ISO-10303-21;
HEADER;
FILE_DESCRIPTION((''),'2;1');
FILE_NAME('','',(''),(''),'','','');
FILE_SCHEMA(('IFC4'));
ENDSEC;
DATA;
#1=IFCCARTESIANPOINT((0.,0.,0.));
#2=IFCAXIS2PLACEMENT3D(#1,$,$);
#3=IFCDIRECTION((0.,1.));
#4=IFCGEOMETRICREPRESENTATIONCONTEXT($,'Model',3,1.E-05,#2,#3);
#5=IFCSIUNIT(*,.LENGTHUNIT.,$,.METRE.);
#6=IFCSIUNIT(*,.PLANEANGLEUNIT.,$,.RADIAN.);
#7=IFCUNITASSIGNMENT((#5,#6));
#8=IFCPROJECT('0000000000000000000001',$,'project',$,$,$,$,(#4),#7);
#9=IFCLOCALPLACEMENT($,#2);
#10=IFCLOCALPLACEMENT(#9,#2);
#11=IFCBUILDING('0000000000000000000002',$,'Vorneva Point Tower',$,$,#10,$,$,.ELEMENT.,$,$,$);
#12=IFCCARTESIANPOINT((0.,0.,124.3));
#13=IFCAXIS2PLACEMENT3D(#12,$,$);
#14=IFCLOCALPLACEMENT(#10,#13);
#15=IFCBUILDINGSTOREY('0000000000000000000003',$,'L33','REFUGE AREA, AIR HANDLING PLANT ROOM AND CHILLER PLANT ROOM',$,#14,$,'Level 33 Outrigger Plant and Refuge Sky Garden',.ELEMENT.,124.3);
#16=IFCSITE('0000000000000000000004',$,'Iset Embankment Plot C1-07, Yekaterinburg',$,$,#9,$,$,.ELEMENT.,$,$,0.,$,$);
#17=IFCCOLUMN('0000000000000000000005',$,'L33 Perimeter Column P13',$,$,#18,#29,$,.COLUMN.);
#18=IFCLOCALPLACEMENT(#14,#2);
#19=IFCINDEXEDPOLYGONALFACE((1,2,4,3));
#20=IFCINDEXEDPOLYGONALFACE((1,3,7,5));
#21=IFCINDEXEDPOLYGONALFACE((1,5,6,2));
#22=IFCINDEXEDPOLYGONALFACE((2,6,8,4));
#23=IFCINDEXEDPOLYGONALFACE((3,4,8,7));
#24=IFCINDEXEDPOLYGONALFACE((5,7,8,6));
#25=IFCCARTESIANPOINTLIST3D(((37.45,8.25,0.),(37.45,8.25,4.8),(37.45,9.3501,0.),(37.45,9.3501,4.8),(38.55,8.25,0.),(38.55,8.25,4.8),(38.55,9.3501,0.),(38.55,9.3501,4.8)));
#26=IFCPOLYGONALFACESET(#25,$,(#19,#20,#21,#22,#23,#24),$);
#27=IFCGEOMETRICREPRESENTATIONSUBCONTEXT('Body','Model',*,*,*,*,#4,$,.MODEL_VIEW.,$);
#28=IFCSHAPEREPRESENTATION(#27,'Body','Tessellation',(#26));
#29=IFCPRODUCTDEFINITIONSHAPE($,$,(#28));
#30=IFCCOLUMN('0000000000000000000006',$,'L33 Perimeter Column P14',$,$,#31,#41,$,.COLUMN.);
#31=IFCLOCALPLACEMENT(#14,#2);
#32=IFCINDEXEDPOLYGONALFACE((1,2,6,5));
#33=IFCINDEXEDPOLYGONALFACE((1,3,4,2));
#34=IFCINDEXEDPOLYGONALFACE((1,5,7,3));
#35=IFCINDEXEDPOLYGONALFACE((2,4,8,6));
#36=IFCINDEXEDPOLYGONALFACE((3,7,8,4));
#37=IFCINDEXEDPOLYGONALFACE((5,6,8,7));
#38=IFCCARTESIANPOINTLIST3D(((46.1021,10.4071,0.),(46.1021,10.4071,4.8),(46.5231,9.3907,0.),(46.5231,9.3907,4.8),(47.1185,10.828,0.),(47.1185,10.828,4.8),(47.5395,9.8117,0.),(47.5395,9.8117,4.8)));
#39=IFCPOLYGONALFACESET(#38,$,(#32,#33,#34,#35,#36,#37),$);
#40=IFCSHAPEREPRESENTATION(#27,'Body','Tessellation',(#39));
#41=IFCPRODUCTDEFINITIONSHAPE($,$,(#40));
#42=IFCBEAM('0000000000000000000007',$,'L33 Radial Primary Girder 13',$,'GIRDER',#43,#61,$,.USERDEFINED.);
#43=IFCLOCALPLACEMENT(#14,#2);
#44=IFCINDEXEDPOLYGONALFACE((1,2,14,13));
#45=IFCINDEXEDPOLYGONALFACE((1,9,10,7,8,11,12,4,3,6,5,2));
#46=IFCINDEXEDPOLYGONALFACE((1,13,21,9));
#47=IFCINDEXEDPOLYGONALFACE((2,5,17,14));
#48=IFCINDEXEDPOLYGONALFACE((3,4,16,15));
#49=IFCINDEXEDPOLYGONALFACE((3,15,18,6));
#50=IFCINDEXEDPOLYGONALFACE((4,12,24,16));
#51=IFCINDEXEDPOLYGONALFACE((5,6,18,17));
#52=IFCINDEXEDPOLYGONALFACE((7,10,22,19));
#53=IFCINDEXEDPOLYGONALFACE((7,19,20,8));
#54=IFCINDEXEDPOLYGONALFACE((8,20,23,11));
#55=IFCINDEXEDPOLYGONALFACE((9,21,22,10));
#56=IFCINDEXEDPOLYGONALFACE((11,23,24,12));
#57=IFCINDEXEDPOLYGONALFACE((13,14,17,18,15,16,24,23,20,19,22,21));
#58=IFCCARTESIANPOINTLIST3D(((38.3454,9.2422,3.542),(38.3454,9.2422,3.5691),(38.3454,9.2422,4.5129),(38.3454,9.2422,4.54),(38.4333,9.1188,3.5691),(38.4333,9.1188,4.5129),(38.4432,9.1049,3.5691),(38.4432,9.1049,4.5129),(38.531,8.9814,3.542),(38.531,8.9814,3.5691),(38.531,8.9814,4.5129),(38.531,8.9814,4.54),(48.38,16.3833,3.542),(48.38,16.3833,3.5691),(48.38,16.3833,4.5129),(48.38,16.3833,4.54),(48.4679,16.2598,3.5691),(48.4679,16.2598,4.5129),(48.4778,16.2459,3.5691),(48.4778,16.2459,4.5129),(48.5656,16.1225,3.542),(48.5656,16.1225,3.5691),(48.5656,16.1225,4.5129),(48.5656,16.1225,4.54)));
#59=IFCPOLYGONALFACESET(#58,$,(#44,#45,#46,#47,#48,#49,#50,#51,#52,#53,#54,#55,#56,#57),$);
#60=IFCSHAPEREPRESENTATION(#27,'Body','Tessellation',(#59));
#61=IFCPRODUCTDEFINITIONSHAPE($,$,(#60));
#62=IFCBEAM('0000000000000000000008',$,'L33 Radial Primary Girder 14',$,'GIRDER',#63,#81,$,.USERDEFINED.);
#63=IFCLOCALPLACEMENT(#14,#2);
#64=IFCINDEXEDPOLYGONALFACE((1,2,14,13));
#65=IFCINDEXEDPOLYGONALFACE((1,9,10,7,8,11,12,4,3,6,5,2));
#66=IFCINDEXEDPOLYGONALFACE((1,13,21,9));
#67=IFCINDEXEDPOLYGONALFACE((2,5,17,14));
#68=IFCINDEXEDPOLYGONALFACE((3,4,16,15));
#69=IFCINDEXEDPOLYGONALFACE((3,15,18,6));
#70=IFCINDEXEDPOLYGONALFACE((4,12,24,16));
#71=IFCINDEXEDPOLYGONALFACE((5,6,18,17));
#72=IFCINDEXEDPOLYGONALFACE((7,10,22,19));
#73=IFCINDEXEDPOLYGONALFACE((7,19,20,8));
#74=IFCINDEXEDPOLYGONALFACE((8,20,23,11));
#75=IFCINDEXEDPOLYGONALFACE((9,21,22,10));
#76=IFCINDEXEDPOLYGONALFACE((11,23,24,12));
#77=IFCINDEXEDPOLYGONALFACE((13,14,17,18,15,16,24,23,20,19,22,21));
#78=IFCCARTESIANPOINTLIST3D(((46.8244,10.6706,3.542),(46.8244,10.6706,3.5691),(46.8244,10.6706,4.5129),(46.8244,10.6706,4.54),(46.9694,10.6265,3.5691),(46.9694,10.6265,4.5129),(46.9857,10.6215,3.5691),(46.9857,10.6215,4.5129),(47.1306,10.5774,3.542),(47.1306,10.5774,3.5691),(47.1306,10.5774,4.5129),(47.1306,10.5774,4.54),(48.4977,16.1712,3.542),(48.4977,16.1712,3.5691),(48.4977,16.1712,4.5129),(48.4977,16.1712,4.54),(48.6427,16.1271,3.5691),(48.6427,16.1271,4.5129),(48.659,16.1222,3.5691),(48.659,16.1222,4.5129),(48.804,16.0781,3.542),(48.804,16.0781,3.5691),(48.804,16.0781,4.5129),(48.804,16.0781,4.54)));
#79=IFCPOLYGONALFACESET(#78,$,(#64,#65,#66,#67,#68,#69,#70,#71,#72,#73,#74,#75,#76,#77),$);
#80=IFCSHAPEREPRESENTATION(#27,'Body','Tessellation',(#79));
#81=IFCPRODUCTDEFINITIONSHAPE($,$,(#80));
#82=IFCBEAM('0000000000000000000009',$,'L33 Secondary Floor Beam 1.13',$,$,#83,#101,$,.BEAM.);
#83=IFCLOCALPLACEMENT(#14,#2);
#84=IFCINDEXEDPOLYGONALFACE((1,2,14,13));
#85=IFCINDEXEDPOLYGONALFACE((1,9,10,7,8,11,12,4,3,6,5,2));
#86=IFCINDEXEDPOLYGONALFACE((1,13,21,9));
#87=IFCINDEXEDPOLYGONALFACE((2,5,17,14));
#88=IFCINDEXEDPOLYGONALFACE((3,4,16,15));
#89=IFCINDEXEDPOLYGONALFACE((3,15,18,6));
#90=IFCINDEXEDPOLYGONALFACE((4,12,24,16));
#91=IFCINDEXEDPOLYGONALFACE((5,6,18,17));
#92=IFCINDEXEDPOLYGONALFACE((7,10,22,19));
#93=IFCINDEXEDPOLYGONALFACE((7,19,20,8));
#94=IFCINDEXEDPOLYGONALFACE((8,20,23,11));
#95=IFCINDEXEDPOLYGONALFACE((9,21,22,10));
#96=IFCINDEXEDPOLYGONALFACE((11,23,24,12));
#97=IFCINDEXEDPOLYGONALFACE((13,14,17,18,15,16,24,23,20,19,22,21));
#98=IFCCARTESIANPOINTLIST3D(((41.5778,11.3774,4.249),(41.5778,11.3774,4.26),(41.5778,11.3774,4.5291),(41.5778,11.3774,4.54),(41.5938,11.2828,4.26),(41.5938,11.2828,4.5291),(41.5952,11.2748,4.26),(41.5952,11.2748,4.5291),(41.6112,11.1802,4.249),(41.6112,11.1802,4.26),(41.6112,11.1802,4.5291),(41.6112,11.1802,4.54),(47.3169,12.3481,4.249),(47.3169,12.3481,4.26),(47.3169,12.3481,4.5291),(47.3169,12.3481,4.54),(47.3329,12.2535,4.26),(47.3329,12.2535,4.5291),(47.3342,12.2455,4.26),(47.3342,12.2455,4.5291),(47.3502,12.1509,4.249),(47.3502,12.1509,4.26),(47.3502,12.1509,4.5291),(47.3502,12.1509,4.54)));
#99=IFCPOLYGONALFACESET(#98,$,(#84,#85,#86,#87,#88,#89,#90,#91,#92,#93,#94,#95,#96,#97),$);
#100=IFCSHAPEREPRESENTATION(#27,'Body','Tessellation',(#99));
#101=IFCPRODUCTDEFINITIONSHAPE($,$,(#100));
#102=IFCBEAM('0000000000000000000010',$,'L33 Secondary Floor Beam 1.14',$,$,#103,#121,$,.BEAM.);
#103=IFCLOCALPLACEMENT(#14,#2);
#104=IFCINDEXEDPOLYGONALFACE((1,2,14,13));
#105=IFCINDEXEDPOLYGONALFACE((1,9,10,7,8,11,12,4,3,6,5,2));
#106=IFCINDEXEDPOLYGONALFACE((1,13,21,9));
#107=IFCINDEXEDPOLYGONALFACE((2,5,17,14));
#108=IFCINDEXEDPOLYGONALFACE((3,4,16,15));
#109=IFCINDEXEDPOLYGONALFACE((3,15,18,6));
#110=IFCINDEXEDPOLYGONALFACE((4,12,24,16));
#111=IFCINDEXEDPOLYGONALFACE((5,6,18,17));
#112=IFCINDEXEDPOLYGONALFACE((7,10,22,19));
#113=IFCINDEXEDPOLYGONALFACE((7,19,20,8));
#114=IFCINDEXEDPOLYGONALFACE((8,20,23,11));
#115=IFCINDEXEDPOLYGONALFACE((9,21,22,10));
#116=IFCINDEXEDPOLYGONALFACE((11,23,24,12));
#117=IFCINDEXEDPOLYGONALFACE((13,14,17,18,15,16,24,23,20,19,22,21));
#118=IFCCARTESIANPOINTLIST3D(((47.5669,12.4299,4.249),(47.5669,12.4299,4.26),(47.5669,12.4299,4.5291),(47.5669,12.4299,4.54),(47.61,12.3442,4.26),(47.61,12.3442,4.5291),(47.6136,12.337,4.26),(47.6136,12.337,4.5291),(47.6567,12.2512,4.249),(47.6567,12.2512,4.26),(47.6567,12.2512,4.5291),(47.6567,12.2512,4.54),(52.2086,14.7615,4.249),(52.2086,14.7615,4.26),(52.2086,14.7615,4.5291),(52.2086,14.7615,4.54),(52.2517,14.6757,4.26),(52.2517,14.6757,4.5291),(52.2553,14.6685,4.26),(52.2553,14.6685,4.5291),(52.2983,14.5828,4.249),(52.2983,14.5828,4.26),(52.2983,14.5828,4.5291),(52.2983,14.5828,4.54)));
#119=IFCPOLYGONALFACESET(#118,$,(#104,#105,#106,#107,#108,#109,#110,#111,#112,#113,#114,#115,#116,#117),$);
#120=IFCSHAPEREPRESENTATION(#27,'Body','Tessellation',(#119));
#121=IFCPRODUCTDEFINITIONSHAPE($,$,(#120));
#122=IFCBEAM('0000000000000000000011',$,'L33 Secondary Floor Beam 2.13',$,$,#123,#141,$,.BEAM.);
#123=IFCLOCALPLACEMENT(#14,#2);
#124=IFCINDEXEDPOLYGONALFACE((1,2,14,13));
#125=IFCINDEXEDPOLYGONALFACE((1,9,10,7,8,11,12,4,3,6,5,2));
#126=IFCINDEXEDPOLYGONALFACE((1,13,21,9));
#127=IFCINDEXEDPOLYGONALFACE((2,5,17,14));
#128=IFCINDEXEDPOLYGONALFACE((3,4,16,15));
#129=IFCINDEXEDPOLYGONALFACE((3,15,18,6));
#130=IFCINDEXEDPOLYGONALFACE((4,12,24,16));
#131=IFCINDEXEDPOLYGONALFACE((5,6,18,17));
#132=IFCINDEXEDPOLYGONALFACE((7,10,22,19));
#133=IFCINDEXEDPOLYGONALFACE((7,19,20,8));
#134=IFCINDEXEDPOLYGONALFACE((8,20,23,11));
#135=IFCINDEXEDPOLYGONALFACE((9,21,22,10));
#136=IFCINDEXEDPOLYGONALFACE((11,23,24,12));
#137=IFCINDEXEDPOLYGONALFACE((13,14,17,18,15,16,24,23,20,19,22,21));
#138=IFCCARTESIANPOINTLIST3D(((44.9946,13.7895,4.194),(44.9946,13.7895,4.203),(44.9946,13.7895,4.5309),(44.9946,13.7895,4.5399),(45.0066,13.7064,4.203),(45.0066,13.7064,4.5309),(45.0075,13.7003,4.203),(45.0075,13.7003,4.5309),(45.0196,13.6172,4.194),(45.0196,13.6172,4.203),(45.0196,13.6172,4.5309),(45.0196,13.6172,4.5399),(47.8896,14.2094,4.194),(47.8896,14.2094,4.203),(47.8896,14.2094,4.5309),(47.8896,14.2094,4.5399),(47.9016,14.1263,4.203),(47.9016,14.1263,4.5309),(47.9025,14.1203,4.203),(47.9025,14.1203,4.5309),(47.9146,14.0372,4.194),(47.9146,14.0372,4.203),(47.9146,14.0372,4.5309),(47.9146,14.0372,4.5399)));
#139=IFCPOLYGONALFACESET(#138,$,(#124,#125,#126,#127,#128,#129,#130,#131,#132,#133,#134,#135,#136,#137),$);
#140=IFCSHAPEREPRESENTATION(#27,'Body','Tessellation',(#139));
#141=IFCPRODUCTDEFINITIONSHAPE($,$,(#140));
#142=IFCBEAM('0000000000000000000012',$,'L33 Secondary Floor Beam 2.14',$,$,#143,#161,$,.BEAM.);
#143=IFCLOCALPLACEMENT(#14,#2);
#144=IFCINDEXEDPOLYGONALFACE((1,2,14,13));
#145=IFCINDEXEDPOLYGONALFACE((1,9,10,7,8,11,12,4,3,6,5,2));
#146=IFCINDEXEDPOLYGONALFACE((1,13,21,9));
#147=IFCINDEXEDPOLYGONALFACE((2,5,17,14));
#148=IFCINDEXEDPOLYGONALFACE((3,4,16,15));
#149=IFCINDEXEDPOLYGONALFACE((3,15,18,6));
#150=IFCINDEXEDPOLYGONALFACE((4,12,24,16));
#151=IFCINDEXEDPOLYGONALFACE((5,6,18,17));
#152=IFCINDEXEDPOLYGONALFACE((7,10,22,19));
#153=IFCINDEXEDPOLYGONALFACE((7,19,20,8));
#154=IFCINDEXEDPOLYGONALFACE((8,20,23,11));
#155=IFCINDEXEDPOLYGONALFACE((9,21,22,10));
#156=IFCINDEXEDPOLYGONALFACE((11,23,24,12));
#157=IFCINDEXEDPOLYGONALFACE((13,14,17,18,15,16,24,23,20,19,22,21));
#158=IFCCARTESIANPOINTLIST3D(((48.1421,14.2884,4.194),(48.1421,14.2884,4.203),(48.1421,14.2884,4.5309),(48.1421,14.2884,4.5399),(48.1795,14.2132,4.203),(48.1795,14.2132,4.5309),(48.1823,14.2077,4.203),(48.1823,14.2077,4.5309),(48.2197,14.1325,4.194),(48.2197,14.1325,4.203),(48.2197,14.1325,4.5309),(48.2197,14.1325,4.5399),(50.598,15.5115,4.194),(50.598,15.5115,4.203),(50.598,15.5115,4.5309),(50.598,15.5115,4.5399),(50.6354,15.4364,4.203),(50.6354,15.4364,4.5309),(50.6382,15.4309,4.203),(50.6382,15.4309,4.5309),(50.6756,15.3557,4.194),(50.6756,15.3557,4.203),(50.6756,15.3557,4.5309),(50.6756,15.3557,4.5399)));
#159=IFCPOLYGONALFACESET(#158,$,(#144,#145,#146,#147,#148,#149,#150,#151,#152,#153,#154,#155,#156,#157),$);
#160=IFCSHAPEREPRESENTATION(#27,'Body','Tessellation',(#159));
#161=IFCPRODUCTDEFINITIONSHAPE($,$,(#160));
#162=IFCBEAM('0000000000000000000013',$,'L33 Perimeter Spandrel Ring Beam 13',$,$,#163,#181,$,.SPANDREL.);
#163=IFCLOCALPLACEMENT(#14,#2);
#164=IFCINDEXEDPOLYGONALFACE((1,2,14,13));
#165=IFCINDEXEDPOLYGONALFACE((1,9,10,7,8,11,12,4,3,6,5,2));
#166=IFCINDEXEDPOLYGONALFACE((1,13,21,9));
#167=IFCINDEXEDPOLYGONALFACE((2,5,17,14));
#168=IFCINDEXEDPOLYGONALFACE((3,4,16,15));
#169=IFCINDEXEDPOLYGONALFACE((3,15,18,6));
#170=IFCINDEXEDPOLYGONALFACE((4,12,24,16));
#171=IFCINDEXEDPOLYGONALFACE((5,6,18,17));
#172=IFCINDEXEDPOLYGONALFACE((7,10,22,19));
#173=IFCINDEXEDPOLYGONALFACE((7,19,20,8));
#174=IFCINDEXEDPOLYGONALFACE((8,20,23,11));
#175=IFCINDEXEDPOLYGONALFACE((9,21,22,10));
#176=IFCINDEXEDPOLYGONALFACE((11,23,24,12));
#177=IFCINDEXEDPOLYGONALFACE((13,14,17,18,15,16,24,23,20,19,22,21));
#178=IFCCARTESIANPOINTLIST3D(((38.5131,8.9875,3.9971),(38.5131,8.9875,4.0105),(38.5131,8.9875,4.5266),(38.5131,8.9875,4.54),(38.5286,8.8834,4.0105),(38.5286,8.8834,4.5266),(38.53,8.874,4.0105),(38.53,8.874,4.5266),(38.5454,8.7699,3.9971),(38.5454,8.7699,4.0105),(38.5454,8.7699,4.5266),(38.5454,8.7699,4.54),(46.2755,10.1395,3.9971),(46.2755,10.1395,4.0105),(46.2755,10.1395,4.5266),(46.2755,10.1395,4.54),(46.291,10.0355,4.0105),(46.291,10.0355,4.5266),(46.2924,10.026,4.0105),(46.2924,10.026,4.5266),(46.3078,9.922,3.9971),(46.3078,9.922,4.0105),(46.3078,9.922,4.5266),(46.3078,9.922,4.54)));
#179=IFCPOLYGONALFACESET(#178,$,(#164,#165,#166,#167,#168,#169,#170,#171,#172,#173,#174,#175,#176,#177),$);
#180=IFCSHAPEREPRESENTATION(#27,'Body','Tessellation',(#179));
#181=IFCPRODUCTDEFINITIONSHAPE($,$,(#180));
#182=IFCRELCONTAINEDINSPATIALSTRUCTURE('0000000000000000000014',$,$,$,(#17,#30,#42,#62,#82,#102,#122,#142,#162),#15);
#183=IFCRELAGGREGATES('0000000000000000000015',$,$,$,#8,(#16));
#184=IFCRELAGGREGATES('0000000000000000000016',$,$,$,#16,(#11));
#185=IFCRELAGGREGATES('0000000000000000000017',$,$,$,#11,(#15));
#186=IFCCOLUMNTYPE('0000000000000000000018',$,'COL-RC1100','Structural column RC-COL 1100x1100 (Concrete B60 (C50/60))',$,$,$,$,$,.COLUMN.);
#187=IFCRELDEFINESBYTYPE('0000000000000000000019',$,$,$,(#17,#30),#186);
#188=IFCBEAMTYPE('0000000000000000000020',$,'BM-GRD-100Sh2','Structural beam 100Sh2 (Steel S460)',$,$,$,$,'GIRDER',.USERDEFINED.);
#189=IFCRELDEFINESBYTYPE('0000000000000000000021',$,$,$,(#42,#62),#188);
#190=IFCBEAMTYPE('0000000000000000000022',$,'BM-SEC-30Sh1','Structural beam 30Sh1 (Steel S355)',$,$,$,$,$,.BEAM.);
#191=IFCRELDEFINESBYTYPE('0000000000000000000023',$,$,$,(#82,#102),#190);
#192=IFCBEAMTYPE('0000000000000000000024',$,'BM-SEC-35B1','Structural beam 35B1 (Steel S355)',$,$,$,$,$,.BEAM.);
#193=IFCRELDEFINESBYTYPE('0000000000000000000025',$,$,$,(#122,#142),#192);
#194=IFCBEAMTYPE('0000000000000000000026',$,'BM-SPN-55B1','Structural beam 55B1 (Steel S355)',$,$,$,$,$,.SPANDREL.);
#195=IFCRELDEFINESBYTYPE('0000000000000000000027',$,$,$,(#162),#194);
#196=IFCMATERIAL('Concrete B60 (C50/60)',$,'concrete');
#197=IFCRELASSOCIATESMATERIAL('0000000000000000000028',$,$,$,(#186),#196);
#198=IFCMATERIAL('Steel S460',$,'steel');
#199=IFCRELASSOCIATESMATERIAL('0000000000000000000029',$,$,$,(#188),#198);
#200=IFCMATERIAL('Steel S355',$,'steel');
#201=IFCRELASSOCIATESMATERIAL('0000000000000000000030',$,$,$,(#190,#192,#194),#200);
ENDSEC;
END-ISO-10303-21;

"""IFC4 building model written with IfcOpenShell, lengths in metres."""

from ifc_helpers import new_model, si_unit, direction, frame, origin, origin_2d, place, context, subcontext, project, spatial, rectangle, i_section, extrude, material, material_profile, profile_set, type_object, element, save


model = new_model("IFC4")

# Units and contexts
model_context = context("Model", 3, precision=1e-05, world=origin(), true_north=direction((0.0, 1.0)))
body_context = subcontext(model_context, "Body", "Model", "MODEL_VIEW")
ifc_project = project(units=[si_unit("LENGTHUNIT", "METRE"), si_unit("PLANEANGLEUNIT", "RADIAN")], contexts=[model_context])

# Site, building, storey
site_placement = place(None, origin())
site = spatial("IfcSite", under=ifc_project, at=site_placement, Name="Iset Embankment Plot C1-07, Yekaterinburg", CompositionType="ELEMENT", RefElevation=0.0)
building_placement = place(site_placement, origin())
building = spatial("IfcBuilding", under=site, at=building_placement, Name="Vorneva Point Tower", CompositionType="ELEMENT")
storey_placement = place(building_placement, frame((0.0, 0.0, 124.3)))
storey = spatial("IfcBuildingStorey", under=building, at=storey_placement, Name="L33", Description="REFUGE AREA, AIR HANDLING PLANT ROOM AND CHILLER PLANT ROOM", LongName="Level 33 Outrigger Plant and Refuge Sky Garden", CompositionType="ELEMENT", Elevation=124.3)

# Columns
ifc_material_1 = material(Name="Concrete B60 (C50/60)", Category="concrete")
ifc_material_profile_1 = material_profile(ifc_material_1, rectangle(XDim=1.1001, YDim=1.1001, at=origin_2d()), Name="RC-COL 1100x1100")
ifc_profile_set_1 = profile_set([ifc_material_profile_1], Name="Concrete B60 (C50/60)")
column_type = type_object("IfcColumnType", Name="COL-RC1100", Description="Structural column RC-COL 1100x1100 (Concrete B60 (C50/60))", PredefinedType="COLUMN", material=ifc_profile_set_1)
for number, where, z_axis, x_axis, name in (
    (1, (38.0, 8.8, 0.0), (0.0, 0.0, 1.0), (0.0, -1.0, 0.0), "L33 Perimeter Column P13"),
    (2, (46.8208, 10.1094, 0.0), (0.0, 0.0, 1.0), (0.382683, -0.92388, 0.0), "L33 Perimeter Column P14"),
):
    element("IfcColumn", number, at=place(storey_placement, frame(where, z_axis=z_axis, x_axis=x_axis)), inside=storey, type_object=column_type, Name=name, PredefinedType="COLUMN", context=body_context, shape_type="SweptSolid", body=[
        extrude(rectangle(XDim=1.1001, YDim=1.1001, at=origin_2d()), origin(), (0.0, 0.0, 1.0), 4.8),
    ])

# Beams
ifc_material_2 = material(Name="Steel S460", Category="steel")
ifc_material_profile_2 = material_profile(ifc_material_2, i_section(OverallWidth=0.3201, OverallDepth=0.998, WebThickness=0.0171, FlangeThickness=0.0271, at=origin_2d()), Name="100Sh2")
ifc_profile_set_2 = profile_set([ifc_material_profile_2], Name="Steel S460")
beam_type_1 = type_object("IfcBeamType", Name="BM-GRD-100Sh2", Description="Structural beam 100Sh2 (Steel S460)", ElementType="GIRDER", PredefinedType="USERDEFINED", material=ifc_profile_set_2)
beam_1_placement = place(storey_placement, frame((38.4382, 9.1118, 4.041), z_axis=(0.81475, 0.579812, 0.0), x_axis=(-0.579812, 0.81475, 0.0)))
element("IfcBeam", 3, at=beam_1_placement, inside=storey, type_object=beam_type_1, Name="L33 Radial Primary Girder 13", ObjectType="GIRDER", PredefinedType="USERDEFINED", context=body_context, shape_type="SweptSolid", body=[
    extrude(i_section(OverallWidth=0.3201, OverallDepth=0.998, WebThickness=0.0171, FlangeThickness=0.0271, at=origin_2d()), origin(), (0.0, 0.0, 1.0), 12.3162),
])
beam_2_placement = place(storey_placement, frame((46.9775, 10.624, 4.041), z_axis=(0.291035, 0.956712, 0.0), x_axis=(-0.956712, 0.291035, 0.0)))
element("IfcBeam", 4, at=beam_2_placement, inside=storey, type_object=beam_type_1, Name="L33 Radial Primary Girder 14", ObjectType="GIRDER", PredefinedType="USERDEFINED", context=body_context, shape_type="SweptSolid", body=[
    extrude(i_section(OverallWidth=0.3201, OverallDepth=0.998, WebThickness=0.0171, FlangeThickness=0.0271, at=origin_2d()), origin(), (0.0, 0.0, 1.0), 5.7495),
])
ifc_material_3 = material(Name="Steel S355", Category="steel")
ifc_material_profile_3 = material_profile(ifc_material_3, i_section(OverallWidth=0.2, OverallDepth=0.291, WebThickness=0.0081, FlangeThickness=0.011, at=origin_2d()), Name="30Sh1")
ifc_profile_set_3 = profile_set([ifc_material_profile_3], Name="Steel S355")
beam_type_2 = type_object("IfcBeamType", Name="BM-SEC-30Sh1", Description="Structural beam 30Sh1 (Steel S355)", PredefinedType="BEAM", material=ifc_profile_set_3)
beam_3_placement = place(storey_placement, frame((41.5945, 11.2788, 4.3945), z_axis=(0.985995, 0.166772, 0.0), x_axis=(-0.166772, 0.985995, 0.0)))
element("IfcBeam", 5, at=beam_3_placement, inside=storey, type_object=beam_type_2, Name="L33 Secondary Floor Beam 1.13", PredefinedType="BEAM", context=body_context, shape_type="SweptSolid", body=[
    extrude(i_section(OverallWidth=0.2, OverallDepth=0.291, WebThickness=0.0081, FlangeThickness=0.011, at=origin_2d()), origin(), (0.0, 0.0, 1.0), 5.8206),
])
beam_4_placement = place(storey_placement, frame((47.6118, 12.3406, 4.3945), z_axis=(0.893598, 0.448867, 0.0), x_axis=(-0.448867, 0.893598, 0.0)))
element("IfcBeam", 6, at=beam_4_placement, inside=storey, type_object=beam_type_2, Name="L33 Secondary Floor Beam 1.14", PredefinedType="BEAM", context=body_context, shape_type="SweptSolid", body=[
    extrude(i_section(OverallWidth=0.2, OverallDepth=0.291, WebThickness=0.0081, FlangeThickness=0.011, at=origin_2d()), origin(), (0.0, 0.0, 1.0), 5.1943),
])
ifc_material_profile_4 = material_profile(ifc_material_3, i_section(OverallWidth=0.1741, OverallDepth=0.3459, WebThickness=0.0061, FlangeThickness=0.009, at=origin_2d()), Name="35B1")
ifc_profile_set_4 = profile_set([ifc_material_profile_4], Name="Steel S355")
beam_type_3 = type_object("IfcBeamType", Name="BM-SEC-35B1", Description="Structural beam 35B1 (Steel S355)", PredefinedType="BEAM", material=ifc_profile_set_4)
beam_5_placement = place(storey_placement, frame((45.0071, 13.7034, 4.3669), z_axis=(0.989643, 0.143548, 0.0), x_axis=(-0.143548, 0.989643, 0.0)))
element("IfcBeam", 7, at=beam_5_placement, inside=storey, type_object=beam_type_3, Name="L33 Secondary Floor Beam 2.13", PredefinedType="BEAM", context=body_context, shape_type="SweptSolid", body=[
    extrude(i_section(OverallWidth=0.1741, OverallDepth=0.3459, WebThickness=0.0061, FlangeThickness=0.009, at=origin_2d()), origin(), (0.0, 0.0, 1.0), 2.9253),
])
beam_6_placement = place(storey_placement, frame((48.1809, 14.2104, 4.3669), z_axis=(0.89512, 0.445825, 0.0), x_axis=(-0.445825, 0.89512, 0.0)))
element("IfcBeam", 8, at=beam_6_placement, inside=storey, type_object=beam_type_3, Name="L33 Secondary Floor Beam 2.14", PredefinedType="BEAM", context=body_context, shape_type="SweptSolid", body=[
    extrude(i_section(OverallWidth=0.1741, OverallDepth=0.3459, WebThickness=0.0061, FlangeThickness=0.009, at=origin_2d()), origin(), (0.0, 0.0, 1.0), 2.7437),
])
ifc_material_profile_5 = material_profile(ifc_material_3, i_section(OverallWidth=0.22, OverallDepth=0.543, WebThickness=0.0095, FlangeThickness=0.0134, at=origin_2d()), Name="55B1")
ifc_profile_set_5 = profile_set([ifc_material_profile_5], Name="Steel S355")
beam_type_4 = type_object("IfcBeamType", Name="BM-SPN-55B1", Description="Structural beam 55B1 (Steel S355)", PredefinedType="SPANDREL", material=ifc_profile_set_5)
beam_7_placement = place(storey_placement, frame((38.5293, 8.8787, 4.2686), z_axis=(0.989165, 0.146811, 0.0), x_axis=(-0.146811, 0.989165, 0.0)))
element("IfcBeam", 9, at=beam_7_placement, inside=storey, type_object=beam_type_4, Name="L33 Perimeter Spandrel Ring Beam 13", PredefinedType="SPANDREL", context=body_context, shape_type="SweptSolid", body=[
    extrude(i_section(OverallWidth=0.22, OverallDepth=0.543, WebThickness=0.0095, FlangeThickness=0.0134, at=origin_2d()), origin(), (0.0, 0.0, 1.0), 7.8474),
])

save(model, "model.ifc")
